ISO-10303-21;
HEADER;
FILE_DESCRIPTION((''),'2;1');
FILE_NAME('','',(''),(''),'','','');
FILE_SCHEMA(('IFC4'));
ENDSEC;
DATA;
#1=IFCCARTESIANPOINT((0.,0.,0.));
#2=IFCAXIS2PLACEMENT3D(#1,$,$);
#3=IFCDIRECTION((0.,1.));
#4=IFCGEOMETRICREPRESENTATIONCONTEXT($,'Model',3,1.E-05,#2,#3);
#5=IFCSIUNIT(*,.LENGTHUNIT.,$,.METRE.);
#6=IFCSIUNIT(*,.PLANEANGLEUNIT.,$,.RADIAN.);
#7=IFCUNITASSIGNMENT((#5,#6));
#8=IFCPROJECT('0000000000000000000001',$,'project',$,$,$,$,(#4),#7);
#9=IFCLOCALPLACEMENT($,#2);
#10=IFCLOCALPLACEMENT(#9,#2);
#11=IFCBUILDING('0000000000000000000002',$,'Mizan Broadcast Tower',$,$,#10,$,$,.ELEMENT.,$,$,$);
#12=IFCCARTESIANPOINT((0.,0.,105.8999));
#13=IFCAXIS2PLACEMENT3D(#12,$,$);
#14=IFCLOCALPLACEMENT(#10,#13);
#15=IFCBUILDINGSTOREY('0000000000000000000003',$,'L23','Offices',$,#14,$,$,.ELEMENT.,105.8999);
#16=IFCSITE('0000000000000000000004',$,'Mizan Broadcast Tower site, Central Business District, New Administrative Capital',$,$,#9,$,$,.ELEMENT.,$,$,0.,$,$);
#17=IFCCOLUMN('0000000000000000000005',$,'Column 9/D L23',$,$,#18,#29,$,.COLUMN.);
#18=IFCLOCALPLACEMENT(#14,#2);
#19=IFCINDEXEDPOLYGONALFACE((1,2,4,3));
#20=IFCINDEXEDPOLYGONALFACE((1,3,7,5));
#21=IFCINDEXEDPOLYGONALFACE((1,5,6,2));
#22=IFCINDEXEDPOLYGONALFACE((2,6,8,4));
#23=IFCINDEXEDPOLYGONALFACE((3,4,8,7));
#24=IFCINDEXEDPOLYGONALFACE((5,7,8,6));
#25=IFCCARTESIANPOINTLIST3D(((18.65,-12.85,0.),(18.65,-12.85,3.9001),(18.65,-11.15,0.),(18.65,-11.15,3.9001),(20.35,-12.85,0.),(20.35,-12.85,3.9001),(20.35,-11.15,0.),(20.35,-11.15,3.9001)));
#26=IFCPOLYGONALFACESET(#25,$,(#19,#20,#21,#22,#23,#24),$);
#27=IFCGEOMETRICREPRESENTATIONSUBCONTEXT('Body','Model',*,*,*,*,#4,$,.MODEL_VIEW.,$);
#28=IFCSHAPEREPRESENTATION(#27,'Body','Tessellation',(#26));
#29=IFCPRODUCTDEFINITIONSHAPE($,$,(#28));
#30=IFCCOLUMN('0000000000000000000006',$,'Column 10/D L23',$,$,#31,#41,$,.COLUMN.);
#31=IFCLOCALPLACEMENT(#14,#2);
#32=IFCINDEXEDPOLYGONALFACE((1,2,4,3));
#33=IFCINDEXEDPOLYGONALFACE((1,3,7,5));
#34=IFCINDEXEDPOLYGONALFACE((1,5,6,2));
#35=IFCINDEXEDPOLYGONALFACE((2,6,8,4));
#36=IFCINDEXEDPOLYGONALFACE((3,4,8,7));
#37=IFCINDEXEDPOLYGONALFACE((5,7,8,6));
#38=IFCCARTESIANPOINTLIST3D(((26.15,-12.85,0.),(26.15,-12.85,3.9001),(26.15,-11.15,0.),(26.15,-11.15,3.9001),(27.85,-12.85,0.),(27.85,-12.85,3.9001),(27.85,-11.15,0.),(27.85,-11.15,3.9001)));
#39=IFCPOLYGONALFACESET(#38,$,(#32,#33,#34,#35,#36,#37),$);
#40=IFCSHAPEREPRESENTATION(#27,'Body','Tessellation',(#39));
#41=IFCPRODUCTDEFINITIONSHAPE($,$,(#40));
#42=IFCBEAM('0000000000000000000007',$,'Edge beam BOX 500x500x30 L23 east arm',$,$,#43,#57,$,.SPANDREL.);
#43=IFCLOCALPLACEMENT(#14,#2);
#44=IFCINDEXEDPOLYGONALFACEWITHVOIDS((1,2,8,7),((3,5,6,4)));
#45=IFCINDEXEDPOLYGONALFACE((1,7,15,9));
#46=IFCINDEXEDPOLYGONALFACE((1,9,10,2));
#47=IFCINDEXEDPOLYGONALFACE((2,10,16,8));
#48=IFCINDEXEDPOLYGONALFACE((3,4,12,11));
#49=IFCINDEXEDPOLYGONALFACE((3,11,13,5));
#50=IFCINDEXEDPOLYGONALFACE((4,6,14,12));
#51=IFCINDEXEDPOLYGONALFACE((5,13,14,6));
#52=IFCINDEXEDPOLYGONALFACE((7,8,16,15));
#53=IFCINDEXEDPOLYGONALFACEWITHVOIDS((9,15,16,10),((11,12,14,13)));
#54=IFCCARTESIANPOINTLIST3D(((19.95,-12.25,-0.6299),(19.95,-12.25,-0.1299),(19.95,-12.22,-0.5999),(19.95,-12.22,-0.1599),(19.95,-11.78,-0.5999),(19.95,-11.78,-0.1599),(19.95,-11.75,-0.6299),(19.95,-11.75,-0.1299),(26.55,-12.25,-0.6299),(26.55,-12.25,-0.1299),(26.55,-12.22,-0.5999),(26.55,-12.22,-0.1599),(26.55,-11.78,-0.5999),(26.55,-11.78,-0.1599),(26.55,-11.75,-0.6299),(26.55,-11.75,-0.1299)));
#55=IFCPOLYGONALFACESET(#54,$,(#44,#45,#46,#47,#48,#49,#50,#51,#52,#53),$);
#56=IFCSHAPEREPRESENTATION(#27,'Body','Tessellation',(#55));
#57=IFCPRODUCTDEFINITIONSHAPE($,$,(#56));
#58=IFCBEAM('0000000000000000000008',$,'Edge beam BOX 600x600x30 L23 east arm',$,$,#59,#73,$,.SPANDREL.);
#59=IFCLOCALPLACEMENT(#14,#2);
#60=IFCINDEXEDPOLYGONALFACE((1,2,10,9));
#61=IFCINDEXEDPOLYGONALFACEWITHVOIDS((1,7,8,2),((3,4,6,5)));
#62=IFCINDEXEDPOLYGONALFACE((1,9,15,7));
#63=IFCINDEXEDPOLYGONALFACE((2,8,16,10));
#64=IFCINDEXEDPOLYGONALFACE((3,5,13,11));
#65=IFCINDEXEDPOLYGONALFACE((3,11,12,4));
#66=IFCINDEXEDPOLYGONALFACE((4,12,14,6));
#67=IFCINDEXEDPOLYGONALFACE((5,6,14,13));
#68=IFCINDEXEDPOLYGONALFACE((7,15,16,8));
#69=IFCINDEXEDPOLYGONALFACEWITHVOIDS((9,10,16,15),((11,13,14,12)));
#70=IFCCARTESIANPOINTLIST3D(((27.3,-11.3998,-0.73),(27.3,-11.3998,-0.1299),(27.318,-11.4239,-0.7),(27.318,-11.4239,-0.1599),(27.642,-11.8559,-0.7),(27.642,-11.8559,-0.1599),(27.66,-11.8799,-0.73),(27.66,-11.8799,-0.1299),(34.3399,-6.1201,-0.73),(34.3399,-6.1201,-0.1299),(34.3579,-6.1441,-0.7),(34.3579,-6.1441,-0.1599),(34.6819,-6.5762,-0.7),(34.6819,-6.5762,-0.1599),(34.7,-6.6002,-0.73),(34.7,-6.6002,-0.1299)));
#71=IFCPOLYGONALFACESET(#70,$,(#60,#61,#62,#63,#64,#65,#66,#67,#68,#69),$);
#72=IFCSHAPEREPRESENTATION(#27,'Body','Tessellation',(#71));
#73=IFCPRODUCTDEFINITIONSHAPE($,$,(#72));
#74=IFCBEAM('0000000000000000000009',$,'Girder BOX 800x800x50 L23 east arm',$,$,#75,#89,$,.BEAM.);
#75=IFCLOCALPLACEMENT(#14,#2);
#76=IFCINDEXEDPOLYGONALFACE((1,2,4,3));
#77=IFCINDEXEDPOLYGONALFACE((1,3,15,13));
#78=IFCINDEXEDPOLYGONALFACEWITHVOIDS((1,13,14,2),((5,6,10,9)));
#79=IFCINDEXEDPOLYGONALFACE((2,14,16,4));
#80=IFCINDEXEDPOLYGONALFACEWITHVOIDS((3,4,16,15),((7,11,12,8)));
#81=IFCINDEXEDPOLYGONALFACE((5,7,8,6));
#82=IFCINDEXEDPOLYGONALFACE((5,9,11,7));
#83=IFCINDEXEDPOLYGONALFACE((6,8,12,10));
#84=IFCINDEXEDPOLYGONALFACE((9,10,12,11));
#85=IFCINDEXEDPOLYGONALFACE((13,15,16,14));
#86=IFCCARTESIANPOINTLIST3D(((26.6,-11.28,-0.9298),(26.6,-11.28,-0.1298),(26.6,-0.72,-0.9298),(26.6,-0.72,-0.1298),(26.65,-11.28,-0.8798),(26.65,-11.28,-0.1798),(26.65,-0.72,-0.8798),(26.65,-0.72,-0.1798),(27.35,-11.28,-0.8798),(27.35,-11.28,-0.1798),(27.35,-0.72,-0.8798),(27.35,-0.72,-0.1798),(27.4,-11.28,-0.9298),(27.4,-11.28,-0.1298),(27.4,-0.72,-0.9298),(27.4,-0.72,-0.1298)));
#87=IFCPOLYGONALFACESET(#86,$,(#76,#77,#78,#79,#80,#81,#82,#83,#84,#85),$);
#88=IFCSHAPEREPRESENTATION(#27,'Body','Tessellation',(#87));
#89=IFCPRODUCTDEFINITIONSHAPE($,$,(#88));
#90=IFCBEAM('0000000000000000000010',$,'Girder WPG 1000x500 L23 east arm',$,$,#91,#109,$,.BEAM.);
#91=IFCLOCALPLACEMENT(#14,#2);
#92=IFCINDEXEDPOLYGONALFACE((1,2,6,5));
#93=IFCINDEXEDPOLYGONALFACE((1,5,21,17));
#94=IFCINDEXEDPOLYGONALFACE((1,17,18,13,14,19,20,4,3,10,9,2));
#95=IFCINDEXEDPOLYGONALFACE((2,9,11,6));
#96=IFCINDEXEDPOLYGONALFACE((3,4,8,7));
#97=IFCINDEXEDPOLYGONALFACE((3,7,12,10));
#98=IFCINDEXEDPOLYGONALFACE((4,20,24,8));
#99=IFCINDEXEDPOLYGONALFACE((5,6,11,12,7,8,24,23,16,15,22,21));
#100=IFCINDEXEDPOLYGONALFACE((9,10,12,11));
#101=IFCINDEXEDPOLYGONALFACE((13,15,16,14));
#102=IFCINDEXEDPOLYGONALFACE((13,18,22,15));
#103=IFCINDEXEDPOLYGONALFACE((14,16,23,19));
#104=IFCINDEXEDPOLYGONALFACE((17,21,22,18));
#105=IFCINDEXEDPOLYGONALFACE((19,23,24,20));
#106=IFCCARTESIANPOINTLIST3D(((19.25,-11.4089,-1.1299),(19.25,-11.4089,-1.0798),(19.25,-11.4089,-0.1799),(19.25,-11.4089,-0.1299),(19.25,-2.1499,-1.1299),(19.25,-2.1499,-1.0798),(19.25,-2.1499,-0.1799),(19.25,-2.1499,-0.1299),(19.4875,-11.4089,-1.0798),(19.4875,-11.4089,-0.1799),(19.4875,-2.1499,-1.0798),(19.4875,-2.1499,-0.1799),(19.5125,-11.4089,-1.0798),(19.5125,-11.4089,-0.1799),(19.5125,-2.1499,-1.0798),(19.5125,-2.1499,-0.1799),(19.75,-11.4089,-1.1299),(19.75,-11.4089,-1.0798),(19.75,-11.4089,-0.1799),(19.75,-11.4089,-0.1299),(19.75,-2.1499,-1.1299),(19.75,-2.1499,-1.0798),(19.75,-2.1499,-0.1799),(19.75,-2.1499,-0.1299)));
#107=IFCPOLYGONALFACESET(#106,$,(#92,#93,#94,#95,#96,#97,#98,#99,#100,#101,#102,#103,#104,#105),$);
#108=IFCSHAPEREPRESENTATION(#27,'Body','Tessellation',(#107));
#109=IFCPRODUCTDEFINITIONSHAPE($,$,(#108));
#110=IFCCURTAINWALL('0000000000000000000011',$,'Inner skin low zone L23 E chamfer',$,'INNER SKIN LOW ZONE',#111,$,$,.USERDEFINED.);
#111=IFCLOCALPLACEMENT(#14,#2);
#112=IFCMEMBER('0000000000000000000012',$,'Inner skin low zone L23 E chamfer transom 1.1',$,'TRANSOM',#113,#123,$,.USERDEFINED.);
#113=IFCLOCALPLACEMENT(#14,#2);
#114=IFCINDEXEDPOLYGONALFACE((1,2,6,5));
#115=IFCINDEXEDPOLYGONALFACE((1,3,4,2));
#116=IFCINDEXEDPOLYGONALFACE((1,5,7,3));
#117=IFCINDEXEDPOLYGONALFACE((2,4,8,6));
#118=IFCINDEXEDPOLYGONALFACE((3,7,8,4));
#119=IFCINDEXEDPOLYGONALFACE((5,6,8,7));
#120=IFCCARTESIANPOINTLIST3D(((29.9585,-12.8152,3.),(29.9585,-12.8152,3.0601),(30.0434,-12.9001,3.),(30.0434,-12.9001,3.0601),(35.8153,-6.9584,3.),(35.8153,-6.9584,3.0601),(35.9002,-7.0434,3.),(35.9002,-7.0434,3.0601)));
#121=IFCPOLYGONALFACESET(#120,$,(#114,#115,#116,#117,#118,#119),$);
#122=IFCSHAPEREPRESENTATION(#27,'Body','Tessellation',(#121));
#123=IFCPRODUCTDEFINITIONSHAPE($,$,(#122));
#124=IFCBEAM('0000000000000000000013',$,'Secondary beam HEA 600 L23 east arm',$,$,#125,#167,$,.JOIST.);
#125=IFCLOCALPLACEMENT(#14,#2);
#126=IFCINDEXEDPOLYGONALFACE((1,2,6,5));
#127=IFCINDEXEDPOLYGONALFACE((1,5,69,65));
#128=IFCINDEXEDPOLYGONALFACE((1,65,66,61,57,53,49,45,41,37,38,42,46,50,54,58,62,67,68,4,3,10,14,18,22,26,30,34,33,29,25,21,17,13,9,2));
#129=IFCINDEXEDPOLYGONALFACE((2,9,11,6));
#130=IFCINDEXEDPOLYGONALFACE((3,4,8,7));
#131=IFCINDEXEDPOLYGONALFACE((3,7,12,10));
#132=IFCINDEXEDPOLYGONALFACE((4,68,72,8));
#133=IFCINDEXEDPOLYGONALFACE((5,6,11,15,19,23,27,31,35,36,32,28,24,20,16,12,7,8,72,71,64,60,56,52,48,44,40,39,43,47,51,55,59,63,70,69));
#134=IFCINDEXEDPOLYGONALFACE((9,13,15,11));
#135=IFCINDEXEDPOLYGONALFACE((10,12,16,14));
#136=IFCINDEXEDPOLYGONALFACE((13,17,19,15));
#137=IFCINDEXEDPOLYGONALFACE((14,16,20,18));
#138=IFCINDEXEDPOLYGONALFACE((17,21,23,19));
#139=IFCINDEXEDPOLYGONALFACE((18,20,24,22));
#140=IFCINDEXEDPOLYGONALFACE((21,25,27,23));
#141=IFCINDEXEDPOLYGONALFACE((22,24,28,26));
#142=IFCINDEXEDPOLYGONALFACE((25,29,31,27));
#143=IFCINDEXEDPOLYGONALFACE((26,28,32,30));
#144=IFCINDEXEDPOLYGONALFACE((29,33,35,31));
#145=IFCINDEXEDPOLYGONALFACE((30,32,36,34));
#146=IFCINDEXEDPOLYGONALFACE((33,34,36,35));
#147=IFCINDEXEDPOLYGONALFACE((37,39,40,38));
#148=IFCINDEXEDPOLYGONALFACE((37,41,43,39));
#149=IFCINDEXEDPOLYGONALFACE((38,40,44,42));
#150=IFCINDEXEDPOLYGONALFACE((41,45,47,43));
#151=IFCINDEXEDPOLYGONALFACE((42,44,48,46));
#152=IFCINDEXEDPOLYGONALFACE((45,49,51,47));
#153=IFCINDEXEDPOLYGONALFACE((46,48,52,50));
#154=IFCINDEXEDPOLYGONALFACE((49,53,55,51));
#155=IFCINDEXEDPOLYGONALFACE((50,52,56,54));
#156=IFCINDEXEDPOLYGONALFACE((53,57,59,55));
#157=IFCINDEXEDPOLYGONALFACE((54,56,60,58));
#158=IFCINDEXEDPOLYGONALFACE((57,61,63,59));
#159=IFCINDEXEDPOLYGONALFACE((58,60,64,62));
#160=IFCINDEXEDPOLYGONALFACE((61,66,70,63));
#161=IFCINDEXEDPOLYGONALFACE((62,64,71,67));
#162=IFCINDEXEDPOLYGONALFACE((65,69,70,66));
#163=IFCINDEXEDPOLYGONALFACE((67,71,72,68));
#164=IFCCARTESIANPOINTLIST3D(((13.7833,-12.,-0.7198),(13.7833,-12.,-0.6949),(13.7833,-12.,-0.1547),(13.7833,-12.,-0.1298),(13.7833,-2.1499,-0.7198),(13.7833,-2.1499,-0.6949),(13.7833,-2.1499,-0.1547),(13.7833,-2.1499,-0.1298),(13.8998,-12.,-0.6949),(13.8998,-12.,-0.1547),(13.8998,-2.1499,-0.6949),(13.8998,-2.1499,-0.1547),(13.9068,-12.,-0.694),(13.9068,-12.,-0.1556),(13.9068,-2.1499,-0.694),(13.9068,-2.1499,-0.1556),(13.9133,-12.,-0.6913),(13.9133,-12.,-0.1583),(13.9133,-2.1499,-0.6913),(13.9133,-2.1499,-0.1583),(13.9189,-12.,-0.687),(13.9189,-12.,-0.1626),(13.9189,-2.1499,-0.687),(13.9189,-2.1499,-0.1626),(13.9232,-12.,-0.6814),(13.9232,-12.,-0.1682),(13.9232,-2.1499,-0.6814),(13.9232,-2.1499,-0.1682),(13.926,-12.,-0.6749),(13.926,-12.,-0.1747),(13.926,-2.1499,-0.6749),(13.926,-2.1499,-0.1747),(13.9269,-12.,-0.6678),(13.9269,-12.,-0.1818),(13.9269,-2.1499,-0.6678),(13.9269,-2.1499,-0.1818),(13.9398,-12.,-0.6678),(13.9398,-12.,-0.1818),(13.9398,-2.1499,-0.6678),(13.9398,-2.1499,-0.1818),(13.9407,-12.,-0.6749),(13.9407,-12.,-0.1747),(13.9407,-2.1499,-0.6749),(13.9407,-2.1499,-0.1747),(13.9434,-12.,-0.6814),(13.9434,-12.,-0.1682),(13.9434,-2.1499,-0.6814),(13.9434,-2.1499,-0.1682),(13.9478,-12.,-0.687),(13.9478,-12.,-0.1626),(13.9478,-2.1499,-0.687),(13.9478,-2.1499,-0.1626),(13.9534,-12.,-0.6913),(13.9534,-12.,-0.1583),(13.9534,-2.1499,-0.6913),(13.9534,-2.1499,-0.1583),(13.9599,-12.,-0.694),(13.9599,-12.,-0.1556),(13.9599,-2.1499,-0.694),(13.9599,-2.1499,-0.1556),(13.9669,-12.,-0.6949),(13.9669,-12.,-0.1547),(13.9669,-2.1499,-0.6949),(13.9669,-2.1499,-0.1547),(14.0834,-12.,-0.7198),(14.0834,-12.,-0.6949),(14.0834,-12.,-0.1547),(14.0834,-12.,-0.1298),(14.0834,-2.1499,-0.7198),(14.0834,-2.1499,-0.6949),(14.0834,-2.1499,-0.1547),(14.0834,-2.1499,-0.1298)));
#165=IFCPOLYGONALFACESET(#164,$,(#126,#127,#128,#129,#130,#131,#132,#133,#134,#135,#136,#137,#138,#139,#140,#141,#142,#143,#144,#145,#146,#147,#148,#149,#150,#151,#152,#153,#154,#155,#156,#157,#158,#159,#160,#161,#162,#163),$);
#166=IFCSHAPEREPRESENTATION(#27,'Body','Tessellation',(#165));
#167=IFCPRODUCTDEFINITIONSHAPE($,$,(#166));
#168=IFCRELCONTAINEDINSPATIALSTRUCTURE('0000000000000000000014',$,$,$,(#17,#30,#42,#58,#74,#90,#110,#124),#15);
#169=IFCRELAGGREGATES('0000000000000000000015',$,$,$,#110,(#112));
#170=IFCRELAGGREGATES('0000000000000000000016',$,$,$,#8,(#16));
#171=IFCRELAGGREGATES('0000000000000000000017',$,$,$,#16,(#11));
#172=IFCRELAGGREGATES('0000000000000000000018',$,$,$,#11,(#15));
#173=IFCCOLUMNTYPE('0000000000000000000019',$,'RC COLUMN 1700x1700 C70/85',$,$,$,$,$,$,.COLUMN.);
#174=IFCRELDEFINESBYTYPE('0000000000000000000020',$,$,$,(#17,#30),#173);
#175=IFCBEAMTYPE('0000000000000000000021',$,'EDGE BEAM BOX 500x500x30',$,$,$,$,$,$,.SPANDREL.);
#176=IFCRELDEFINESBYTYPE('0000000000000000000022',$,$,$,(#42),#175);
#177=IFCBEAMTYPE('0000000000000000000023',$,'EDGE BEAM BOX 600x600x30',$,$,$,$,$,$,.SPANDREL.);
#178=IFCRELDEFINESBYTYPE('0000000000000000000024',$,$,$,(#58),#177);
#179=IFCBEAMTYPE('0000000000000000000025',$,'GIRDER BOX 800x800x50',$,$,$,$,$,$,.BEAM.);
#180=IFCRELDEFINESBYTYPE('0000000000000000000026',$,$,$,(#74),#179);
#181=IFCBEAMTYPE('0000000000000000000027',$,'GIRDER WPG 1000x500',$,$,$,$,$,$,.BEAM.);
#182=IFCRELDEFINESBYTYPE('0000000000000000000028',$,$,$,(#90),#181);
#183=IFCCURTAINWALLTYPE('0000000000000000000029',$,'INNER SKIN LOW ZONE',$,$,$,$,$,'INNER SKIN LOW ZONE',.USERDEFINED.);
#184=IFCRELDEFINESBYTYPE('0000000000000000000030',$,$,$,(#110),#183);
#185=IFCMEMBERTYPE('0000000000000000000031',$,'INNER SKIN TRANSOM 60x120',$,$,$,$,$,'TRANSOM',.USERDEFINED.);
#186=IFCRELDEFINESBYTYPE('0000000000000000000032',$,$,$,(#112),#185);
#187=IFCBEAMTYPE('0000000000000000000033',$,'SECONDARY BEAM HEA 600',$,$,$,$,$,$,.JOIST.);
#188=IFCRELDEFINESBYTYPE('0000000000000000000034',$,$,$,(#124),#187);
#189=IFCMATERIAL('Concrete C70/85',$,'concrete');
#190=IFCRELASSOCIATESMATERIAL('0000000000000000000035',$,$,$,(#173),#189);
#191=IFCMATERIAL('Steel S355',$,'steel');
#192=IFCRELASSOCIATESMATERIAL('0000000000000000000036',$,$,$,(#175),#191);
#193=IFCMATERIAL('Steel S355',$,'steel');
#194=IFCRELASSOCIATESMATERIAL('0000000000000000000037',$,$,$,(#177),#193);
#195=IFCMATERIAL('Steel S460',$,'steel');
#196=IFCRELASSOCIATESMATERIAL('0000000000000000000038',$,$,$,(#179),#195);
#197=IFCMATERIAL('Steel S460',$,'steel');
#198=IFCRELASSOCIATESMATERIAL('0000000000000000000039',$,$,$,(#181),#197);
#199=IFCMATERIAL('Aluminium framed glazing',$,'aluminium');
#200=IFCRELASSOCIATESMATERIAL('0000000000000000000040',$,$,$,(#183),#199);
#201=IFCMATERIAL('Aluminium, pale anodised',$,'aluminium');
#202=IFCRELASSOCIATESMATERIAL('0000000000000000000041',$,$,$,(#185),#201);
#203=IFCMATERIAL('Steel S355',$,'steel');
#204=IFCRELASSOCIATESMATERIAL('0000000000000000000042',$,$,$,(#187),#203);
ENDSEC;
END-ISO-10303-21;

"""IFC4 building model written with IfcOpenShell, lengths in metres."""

from ifc_helpers import new_model, si_unit, direction, frame, origin, origin_2d, place, context, subcontext, project, spatial, rectangle, hollow_rectangle, i_section, extrude, material, material_profile, profile_set, type_object, element, aggregate, save


model = new_model("IFC4")

# Units and contexts
model_context = context("Model", 3, precision=1e-05, world=origin(), true_north=direction((0.0, 1.0)))
body_context = subcontext(model_context, "Body", "Model", "MODEL_VIEW")
ifc_project = project(units=[si_unit("LENGTHUNIT", "METRE"), si_unit("PLANEANGLEUNIT", "RADIAN")], contexts=[model_context])

# Site, building, storey
site_placement = place(None, origin())
site = spatial("IfcSite", under=ifc_project, at=site_placement, Name="Mizan Broadcast Tower site, Central Business District, New Administrative Capital", CompositionType="ELEMENT", RefElevation=0.0)
building_placement = place(site_placement, origin())
building = spatial("IfcBuilding", under=site, at=building_placement, Name="Mizan Broadcast Tower", CompositionType="ELEMENT")
storey_placement = place(building_placement, frame((0.0, 0.0, 105.8999)))
storey = spatial("IfcBuildingStorey", under=building, at=storey_placement, Name="L23", Description="Offices", CompositionType="ELEMENT", Elevation=105.8999)

# Columns
ifc_material_1 = material(Name="Concrete C70/85", Category="concrete")
ifc_material_profile_1 = material_profile(ifc_material_1, rectangle(XDim=1.7, YDim=1.7, at=origin_2d()), Name="RC 1700x1700")
ifc_profile_set_1 = profile_set([ifc_material_profile_1], Name="Concrete C70/85")
column_type = type_object("IfcColumnType", Name="RC COLUMN 1700x1700 C70/85", PredefinedType="COLUMN", material=ifc_profile_set_1)
for number, where, z_axis, x_axis, name in (
    (1, (19.5, -12.0, 0.0), (0.0, 0.0, 1.0), (1.0, 0.0, 0.0), "Column 9/D L23"),
    (2, (27.0, -12.0, 0.0), (0.0, 0.0, 1.0), (1.0, 0.0, 0.0), "Column 10/D L23"),
):
    element("IfcColumn", number, at=place(storey_placement, frame(where, z_axis=z_axis, x_axis=x_axis)), inside=storey, type_object=column_type, Name=name, PredefinedType="COLUMN", context=body_context, shape_type="SweptSolid", body=[
        extrude(rectangle(XDim=1.7, YDim=1.7, at=origin_2d()), origin(), (0.0, 0.0, 1.0), 3.9001),
    ])

# Beams
ifc_material_2 = material(Name="Steel S355", Category="steel")
ifc_material_profile_2 = material_profile(ifc_material_2, hollow_rectangle(XDim=0.5, YDim=0.5, WallThickness=0.03, at=origin_2d()), Name="BOX 500x500x30")
ifc_profile_set_2 = profile_set([ifc_material_profile_2], Name="Steel S355")
beam_type_1 = type_object("IfcBeamType", Name="EDGE BEAM BOX 500x500x30", PredefinedType="SPANDREL", material=ifc_profile_set_2)
beam_1_placement = place(storey_placement, frame((19.95, -12.0, -0.3799), z_axis=(1.0, 0.0, 0.0), x_axis=(0.0, 1.0, 0.0)))
element("IfcBeam", 3, at=beam_1_placement, inside=storey, type_object=beam_type_1, Name="Edge beam BOX 500x500x30 L23 east arm", PredefinedType="SPANDREL", context=body_context, shape_type="SweptSolid", body=[
    extrude(hollow_rectangle(XDim=0.5, YDim=0.5, WallThickness=0.03, at=origin_2d()), origin(), (0.0, 0.0, 1.0), 6.6001),
])
ifc_material_3 = material(Name="Steel S355", Category="steel")
ifc_material_profile_3 = material_profile(ifc_material_3, hollow_rectangle(XDim=0.6001, YDim=0.6001, WallThickness=0.03, at=origin_2d()), Name="BOX 600x600x30")
ifc_profile_set_3 = profile_set([ifc_material_profile_3], Name="Steel S355")
beam_type_2 = type_object("IfcBeamType", Name="EDGE BEAM BOX 600x600x30", PredefinedType="SPANDREL", material=ifc_profile_set_3)
beam_2_placement = place(storey_placement, frame((27.48, -11.6399, -0.4299), z_axis=(0.800013, 0.599982, 0.0), x_axis=(-0.599982, 0.800013, 0.0)))
element("IfcBeam", 4, at=beam_2_placement, inside=storey, type_object=beam_type_2, Name="Edge beam BOX 600x600x30 L23 east arm", PredefinedType="SPANDREL", context=body_context, shape_type="SweptSolid", body=[
    extrude(hollow_rectangle(XDim=0.6001, YDim=0.6001, WallThickness=0.03, at=origin_2d()), origin(), (0.0, 0.0, 1.0), 8.7998),
])
ifc_material_4 = material(Name="Steel S460", Category="steel")
ifc_material_profile_4 = material_profile(ifc_material_4, hollow_rectangle(XDim=0.8, YDim=0.8, WallThickness=0.05, at=origin_2d()), Name="BOX 800x800x50")
ifc_profile_set_4 = profile_set([ifc_material_profile_4], Name="Steel S460")
beam_type_3 = type_object("IfcBeamType", Name="GIRDER BOX 800x800x50", PredefinedType="BEAM", material=ifc_profile_set_4)
beam_3_placement = place(storey_placement, frame((27.0, -11.28, -0.5298), z_axis=(0.0, 1.0, 0.0), x_axis=(-1.0, 0.0, 0.0)))
element("IfcBeam", 5, at=beam_3_placement, inside=storey, type_object=beam_type_3, Name="Girder BOX 800x800x50 L23 east arm", PredefinedType="BEAM", context=body_context, shape_type="SweptSolid", body=[
    extrude(hollow_rectangle(XDim=0.8, YDim=0.8, WallThickness=0.05, at=origin_2d()), origin(), (0.0, 0.0, 1.0), 10.5601),
])
ifc_material_5 = material(Name="Steel S460", Category="steel")
ifc_material_profile_5 = material_profile(ifc_material_5, i_section(OverallWidth=0.5, OverallDepth=1.0, WebThickness=0.0249, FlangeThickness=0.05, at=origin_2d()), Name="WPG 1000x500")
ifc_profile_set_5 = profile_set([ifc_material_profile_5], Name="Steel S460")
beam_type_4 = type_object("IfcBeamType", Name="GIRDER WPG 1000x500", PredefinedType="BEAM", material=ifc_profile_set_5)
beam_4_placement = place(storey_placement, frame((19.5, -11.4089, -0.6299), z_axis=(0.0, 1.0, 0.0), x_axis=(-1.0, 0.0, 0.0)))
element("IfcBeam", 6, at=beam_4_placement, inside=storey, type_object=beam_type_4, Name="Girder WPG 1000x500 L23 east arm", PredefinedType="BEAM", context=body_context, shape_type="SweptSolid", body=[
    extrude(i_section(OverallWidth=0.5, OverallDepth=1.0, WebThickness=0.0249, FlangeThickness=0.05, at=origin_2d()), origin(), (0.0, 0.0, 1.0), 9.259),
])

# Curtain wall, member
ifc_material_6 = material(Name="Aluminium framed glazing", Category="aluminium")
curtain_wall_type_1 = type_object("IfcCurtainWallType", Name="INNER SKIN LOW ZONE", ElementType="INNER SKIN LOW ZONE", PredefinedType="USERDEFINED", material=ifc_material_6)
curtain_wall_1_placement = place(storey_placement, origin())
curtain_wall_1 = element("IfcCurtainWall", 7, at=curtain_wall_1_placement, inside=storey, type_object=curtain_wall_type_1, Name="Inner skin low zone L23 E chamfer", ObjectType="INNER SKIN LOW ZONE", PredefinedType="USERDEFINED")
ifc_material_7 = material(Name="Aluminium, pale anodised", Category="aluminium")
ifc_material_profile_6 = material_profile(ifc_material_7, rectangle(XDim=0.1201, YDim=0.0601, at=origin_2d()), Name="TRANSOM 120x60")
ifc_profile_set_6 = profile_set([ifc_material_profile_6], Name="Aluminium, pale anodised")
member_type = type_object("IfcMemberType", Name="INNER SKIN TRANSOM 60x120", ElementType="TRANSOM", PredefinedType="USERDEFINED", material=ifc_profile_set_6)
member_placement = place(storey_placement, frame((30.001, -12.8577, 3.03), z_axis=(0.707107, 0.707107, 0.0), x_axis=(-0.707107, 0.707107, 0.0)))
member = element("IfcMember", 8, at=member_placement, type_object=member_type, Name="Inner skin low zone L23 E chamfer transom 1.1", ObjectType="TRANSOM", PredefinedType="USERDEFINED", context=body_context, shape_type="SweptSolid", body=[
    extrude(rectangle(XDim=0.1201, YDim=0.0601, at=origin_2d()), origin(), (0.0, 0.0, 1.0), 8.2827),
])
aggregate(curtain_wall_1, [member])

# Beam
ifc_material_8 = material(Name="Steel S355", Category="steel")
ifc_material_profile_7 = material_profile(ifc_material_8, i_section(OverallWidth=0.3, OverallDepth=0.5901, WebThickness=0.0129, FlangeThickness=0.0249, FilletRadius=0.0271, at=origin_2d()), Name="HEA 600")
ifc_profile_set_7 = profile_set([ifc_material_profile_7], Name="Steel S355")
beam_type_5 = type_object("IfcBeamType", Name="SECONDARY BEAM HEA 600", PredefinedType="JOIST", material=ifc_profile_set_7)
for number, where, z_axis, x_axis, name in (
    (9, (13.9333, -12.0, -0.4248), (0.0, 1.0, 0.0), (-1.0, 0.0, 0.0), "Secondary beam HEA 600 L23 east arm"),
):
    element("IfcBeam", number, at=place(storey_placement, frame(where, z_axis=z_axis, x_axis=x_axis)), inside=storey, type_object=beam_type_5, Name=name, PredefinedType="JOIST", context=body_context, shape_type="SweptSolid", body=[
        extrude(i_section(OverallWidth=0.3, OverallDepth=0.5901, WebThickness=0.0129, FlangeThickness=0.0249, FilletRadius=0.0271, at=origin_2d()), origin(), (0.0, 0.0, 1.0), 9.8501),
    ])

save(model, "model.ifc")
